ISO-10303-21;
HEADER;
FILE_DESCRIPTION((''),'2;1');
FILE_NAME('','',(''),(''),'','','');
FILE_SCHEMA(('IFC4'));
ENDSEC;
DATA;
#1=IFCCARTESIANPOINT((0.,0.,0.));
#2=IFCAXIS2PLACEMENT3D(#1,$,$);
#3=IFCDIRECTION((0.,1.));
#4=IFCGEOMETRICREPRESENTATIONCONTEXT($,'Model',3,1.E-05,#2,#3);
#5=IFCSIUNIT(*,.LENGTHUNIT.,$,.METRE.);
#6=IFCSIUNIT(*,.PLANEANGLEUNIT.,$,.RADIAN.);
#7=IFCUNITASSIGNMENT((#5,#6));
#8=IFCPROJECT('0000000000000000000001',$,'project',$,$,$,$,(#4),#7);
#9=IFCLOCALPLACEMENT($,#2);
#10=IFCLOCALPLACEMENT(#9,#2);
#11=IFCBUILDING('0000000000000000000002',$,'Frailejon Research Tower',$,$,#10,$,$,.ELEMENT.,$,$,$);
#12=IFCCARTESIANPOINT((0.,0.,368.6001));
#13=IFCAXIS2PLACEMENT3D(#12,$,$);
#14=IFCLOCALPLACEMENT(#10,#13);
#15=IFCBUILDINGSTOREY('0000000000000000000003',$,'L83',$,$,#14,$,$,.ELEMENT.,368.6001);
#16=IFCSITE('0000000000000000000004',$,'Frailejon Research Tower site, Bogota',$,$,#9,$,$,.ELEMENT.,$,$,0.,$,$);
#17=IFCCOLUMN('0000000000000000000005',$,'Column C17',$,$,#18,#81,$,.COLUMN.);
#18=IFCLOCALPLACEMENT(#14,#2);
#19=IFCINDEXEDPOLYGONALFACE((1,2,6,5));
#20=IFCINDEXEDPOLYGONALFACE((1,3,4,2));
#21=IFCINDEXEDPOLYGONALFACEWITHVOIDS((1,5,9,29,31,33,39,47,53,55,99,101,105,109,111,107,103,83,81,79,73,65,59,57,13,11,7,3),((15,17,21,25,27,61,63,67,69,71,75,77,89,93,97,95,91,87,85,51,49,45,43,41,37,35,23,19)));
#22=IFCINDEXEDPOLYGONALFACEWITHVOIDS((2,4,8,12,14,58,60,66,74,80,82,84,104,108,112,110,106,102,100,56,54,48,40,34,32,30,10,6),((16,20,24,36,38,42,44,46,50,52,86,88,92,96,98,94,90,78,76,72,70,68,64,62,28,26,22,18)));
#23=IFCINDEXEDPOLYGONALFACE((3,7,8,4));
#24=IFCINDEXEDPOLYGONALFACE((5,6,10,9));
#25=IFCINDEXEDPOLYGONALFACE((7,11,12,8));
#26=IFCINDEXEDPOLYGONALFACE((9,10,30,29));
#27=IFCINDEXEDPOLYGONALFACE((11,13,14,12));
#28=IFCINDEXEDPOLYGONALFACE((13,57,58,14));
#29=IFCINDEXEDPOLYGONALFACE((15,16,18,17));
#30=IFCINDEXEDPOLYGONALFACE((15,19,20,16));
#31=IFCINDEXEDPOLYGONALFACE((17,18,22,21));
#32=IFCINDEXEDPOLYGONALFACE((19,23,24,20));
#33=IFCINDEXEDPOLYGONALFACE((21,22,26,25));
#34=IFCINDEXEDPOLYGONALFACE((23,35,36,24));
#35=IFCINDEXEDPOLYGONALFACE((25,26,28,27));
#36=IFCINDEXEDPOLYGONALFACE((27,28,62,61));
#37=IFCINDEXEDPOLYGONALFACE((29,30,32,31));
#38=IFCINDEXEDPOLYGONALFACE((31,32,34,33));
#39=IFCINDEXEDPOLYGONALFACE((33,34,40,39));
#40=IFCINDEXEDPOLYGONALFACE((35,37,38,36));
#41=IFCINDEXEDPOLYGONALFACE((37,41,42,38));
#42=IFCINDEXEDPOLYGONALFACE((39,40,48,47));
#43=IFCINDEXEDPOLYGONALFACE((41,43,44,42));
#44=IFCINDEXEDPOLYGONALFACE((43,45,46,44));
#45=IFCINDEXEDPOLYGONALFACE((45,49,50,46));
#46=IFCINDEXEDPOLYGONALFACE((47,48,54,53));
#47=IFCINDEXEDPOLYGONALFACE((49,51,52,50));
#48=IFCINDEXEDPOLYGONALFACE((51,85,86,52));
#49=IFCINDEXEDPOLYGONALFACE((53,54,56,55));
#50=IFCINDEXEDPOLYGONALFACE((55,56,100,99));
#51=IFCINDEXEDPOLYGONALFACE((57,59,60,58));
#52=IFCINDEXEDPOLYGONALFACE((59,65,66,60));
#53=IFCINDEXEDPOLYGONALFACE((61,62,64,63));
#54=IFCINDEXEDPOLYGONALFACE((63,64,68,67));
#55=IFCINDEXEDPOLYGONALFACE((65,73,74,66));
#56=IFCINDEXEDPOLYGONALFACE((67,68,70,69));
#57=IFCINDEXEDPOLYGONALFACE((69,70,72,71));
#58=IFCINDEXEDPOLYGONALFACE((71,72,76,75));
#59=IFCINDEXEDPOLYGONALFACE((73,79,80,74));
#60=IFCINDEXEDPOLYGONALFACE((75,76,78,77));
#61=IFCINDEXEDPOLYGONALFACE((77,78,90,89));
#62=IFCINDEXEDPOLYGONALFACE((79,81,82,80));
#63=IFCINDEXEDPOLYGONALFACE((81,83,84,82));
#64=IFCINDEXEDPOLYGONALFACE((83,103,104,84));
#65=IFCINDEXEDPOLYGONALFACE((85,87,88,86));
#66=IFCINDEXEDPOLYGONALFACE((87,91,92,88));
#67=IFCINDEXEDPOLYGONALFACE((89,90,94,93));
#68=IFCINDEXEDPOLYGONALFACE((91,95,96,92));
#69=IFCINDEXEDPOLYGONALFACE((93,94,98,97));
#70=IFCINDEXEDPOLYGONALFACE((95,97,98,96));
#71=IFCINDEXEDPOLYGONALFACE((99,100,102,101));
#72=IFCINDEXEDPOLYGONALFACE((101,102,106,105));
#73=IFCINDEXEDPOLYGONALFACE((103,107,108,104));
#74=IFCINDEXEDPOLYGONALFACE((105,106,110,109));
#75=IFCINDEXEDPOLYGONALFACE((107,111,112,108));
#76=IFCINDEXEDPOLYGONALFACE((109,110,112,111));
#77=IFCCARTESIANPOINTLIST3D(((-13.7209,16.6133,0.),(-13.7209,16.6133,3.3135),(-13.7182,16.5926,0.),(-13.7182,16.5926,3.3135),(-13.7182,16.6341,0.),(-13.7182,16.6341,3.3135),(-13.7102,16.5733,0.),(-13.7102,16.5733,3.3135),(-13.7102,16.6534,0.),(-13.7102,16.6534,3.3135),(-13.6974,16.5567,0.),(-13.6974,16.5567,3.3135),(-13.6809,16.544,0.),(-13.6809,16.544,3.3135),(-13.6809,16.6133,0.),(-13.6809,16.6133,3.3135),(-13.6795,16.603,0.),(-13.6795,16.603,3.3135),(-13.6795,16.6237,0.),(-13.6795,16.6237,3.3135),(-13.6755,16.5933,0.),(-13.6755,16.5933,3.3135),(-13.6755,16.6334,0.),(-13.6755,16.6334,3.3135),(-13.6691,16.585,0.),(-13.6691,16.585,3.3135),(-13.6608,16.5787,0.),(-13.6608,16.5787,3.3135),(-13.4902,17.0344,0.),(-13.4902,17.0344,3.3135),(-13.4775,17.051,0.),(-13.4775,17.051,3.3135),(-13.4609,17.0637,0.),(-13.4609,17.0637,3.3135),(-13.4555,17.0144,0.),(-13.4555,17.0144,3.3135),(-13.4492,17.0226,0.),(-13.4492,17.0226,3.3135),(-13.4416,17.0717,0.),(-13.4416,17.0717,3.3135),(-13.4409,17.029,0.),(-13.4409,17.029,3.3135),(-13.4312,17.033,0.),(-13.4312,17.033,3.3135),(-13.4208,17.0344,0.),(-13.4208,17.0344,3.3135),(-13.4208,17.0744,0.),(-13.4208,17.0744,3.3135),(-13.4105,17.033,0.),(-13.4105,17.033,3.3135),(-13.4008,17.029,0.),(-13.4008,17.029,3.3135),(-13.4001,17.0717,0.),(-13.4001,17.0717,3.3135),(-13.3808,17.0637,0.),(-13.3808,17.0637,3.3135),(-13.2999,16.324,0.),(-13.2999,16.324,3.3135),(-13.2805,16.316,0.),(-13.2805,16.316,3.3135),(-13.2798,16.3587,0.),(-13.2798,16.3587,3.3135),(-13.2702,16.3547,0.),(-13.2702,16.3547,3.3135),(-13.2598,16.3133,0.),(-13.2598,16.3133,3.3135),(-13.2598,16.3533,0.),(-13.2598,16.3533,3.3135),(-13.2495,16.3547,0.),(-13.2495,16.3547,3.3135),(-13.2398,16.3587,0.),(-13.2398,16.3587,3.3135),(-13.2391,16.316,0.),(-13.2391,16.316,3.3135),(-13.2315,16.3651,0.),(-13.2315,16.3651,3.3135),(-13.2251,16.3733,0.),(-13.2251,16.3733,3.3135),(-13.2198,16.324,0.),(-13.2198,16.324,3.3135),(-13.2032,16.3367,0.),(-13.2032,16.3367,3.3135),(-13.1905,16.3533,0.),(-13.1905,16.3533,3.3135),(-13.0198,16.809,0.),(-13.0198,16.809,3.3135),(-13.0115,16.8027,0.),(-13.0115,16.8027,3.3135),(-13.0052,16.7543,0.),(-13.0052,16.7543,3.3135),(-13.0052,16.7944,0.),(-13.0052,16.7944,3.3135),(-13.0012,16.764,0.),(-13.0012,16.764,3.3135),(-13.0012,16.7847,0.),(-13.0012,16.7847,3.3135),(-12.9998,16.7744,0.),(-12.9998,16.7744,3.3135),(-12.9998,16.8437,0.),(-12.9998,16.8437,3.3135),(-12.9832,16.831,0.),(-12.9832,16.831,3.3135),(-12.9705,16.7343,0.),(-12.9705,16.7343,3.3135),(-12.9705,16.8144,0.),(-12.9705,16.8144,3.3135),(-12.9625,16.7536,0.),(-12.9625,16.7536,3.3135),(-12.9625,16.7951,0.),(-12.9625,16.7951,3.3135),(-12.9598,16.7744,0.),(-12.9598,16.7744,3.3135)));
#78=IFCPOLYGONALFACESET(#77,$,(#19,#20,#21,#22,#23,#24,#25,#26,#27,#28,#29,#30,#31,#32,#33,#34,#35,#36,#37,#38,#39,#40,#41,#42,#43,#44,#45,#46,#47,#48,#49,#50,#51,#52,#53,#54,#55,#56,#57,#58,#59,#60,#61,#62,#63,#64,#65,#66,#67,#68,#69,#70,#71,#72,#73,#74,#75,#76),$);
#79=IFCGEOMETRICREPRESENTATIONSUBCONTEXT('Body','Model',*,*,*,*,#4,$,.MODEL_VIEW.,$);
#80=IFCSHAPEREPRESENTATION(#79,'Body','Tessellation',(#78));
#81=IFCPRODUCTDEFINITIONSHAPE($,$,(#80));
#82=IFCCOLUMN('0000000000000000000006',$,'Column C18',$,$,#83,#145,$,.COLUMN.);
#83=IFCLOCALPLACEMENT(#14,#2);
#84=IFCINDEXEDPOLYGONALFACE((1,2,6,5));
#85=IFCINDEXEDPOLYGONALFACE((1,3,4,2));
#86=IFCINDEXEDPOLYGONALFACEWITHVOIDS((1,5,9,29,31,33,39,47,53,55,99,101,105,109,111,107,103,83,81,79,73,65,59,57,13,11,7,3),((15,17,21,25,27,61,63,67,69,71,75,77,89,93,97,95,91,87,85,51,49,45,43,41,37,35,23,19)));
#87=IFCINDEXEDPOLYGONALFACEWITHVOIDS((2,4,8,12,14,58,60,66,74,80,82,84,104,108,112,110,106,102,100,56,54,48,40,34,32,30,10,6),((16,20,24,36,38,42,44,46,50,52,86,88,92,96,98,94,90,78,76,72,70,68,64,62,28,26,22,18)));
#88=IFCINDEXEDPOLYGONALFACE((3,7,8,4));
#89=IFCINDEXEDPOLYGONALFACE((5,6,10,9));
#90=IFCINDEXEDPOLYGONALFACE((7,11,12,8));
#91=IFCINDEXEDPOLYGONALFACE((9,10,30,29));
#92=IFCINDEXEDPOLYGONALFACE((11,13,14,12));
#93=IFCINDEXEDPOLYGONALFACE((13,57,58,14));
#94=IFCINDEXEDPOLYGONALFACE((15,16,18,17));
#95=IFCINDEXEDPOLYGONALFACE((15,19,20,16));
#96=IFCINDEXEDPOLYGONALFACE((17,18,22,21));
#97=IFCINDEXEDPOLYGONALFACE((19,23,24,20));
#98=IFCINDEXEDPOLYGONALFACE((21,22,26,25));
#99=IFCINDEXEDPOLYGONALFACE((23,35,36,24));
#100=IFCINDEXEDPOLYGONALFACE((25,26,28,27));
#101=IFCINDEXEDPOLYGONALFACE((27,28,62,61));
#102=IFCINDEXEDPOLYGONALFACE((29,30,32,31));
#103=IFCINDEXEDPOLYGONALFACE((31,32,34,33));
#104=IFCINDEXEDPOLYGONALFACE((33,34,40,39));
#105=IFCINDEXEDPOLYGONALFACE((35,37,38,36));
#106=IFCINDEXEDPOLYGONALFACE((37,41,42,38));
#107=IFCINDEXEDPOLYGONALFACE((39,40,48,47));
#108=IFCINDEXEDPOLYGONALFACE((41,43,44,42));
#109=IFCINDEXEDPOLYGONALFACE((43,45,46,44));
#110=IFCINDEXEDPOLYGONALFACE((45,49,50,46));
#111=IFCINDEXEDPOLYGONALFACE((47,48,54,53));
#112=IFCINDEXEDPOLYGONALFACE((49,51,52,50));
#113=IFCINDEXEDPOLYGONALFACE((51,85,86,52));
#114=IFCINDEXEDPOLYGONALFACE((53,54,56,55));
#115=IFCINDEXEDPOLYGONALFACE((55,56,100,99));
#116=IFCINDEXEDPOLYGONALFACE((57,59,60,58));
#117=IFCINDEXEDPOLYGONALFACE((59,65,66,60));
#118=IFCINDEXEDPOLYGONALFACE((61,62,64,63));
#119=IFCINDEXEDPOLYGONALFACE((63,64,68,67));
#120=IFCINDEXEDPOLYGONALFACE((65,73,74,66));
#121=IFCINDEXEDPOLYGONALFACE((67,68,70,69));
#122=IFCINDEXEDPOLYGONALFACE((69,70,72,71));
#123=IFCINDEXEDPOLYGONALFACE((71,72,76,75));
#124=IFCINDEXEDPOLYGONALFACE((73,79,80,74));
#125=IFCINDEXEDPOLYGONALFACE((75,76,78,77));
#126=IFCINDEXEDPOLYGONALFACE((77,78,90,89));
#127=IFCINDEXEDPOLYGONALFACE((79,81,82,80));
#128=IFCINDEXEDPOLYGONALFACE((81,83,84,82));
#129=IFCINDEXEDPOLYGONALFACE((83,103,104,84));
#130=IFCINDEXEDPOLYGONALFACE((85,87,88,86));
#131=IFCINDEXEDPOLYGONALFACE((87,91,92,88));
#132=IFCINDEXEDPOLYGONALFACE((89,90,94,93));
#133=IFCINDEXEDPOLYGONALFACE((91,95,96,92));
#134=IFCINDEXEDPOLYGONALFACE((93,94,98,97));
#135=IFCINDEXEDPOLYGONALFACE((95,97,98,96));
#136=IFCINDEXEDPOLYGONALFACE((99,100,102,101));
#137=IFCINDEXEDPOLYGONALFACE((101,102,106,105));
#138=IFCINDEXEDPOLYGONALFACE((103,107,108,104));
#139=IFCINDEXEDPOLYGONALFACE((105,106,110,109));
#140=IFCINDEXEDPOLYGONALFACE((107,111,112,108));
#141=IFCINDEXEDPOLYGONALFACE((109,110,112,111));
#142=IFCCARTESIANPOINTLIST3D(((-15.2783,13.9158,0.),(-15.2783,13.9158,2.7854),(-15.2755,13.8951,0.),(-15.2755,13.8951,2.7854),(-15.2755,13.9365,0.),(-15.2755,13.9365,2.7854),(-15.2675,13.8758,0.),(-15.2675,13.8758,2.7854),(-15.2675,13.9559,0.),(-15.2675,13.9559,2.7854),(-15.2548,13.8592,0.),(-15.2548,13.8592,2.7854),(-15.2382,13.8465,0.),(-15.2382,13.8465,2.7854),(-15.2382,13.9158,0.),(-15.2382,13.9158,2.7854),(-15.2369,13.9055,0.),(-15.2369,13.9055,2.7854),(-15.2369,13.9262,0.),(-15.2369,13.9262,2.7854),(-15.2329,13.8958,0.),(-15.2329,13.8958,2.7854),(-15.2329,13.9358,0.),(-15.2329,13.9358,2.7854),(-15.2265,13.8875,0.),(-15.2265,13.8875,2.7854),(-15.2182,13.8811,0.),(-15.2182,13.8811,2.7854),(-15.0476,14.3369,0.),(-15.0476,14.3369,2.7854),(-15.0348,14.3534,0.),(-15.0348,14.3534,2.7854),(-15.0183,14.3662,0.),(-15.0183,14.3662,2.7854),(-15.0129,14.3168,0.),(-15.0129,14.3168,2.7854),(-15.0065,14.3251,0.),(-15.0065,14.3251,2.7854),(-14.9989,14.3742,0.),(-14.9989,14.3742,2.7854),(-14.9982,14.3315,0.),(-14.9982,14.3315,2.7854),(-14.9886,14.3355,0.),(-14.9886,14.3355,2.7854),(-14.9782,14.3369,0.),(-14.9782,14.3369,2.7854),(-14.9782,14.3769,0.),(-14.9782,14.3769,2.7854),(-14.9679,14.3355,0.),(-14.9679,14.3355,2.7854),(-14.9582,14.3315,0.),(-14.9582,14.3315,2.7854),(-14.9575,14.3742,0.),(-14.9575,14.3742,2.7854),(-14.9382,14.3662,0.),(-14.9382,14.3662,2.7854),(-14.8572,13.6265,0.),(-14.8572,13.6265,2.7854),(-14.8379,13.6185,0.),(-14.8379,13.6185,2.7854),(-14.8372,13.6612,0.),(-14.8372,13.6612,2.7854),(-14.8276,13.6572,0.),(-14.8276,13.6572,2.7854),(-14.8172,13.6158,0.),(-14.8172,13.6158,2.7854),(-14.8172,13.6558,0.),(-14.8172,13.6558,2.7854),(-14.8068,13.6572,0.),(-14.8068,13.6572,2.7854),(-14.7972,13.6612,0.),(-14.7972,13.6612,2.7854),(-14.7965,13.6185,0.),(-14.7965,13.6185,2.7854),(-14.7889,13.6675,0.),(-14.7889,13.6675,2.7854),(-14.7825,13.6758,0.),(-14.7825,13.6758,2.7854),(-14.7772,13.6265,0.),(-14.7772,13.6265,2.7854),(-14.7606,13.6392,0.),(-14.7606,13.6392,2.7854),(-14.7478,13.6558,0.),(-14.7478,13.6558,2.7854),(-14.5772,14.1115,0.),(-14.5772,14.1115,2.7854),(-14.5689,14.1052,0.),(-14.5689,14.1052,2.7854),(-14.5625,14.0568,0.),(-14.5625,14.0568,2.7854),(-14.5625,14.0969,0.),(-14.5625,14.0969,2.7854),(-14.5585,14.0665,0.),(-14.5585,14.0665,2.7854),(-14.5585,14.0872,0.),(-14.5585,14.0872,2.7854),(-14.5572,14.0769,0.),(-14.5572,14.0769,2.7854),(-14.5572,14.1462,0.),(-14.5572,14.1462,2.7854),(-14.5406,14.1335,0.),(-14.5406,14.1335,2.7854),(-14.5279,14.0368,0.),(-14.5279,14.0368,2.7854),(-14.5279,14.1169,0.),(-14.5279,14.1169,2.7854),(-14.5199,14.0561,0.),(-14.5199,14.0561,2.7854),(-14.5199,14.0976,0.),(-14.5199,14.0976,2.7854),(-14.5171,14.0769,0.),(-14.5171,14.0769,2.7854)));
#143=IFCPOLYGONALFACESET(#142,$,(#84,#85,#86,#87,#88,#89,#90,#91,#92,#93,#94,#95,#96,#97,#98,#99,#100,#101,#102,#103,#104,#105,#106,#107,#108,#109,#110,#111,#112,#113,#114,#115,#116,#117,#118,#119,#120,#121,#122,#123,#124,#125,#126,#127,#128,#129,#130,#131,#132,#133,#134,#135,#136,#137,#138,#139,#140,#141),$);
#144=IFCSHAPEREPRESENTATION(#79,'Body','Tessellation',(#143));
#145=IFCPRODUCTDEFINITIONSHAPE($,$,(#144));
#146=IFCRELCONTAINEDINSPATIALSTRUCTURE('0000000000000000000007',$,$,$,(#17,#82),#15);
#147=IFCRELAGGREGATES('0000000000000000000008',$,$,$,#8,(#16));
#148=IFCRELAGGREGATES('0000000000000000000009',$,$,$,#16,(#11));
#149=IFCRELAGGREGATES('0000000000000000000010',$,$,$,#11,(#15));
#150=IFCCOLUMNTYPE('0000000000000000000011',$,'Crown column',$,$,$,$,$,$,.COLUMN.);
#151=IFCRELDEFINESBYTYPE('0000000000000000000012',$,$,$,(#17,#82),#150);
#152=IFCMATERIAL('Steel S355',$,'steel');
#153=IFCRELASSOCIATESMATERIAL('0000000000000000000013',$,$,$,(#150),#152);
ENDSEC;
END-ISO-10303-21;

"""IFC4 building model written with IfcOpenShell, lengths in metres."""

from ifc_helpers import new_model, si_unit, direction, frame, origin, origin_2d, place, context, subcontext, project, spatial, hollow_rectangle, extrude, material, material_profile, profile_set, type_object, element, save


model = new_model("IFC4")

# Units and contexts
model_context = context("Model", 3, precision=1e-05, world=origin(), true_north=direction((0.0, 1.0)))
body_context = subcontext(model_context, "Body", "Model", "MODEL_VIEW")
ifc_project = project(units=[si_unit("LENGTHUNIT", "METRE"), si_unit("PLANEANGLEUNIT", "RADIAN")], contexts=[model_context])

# Site, building, storey
site_placement = place(None, origin())
site = spatial("IfcSite", under=ifc_project, at=site_placement, Name="Frailejon Research Tower site, Bogota", CompositionType="ELEMENT", RefElevation=0.0)
building_placement = place(site_placement, origin())
building = spatial("IfcBuilding", under=site, at=building_placement, Name="Frailejon Research Tower", CompositionType="ELEMENT")
storey_placement = place(building_placement, frame((0.0, 0.0, 368.6001)))
storey = spatial("IfcBuildingStorey", under=building, at=storey_placement, Name="L83", CompositionType="ELEMENT", Elevation=368.6001)

# Columns
ifc_material_1 = material(Name="Steel S355", Category="steel")
ifc_material_profile_1 = material_profile(ifc_material_1, hollow_rectangle(XDim=0.6001, YDim=0.6001, WallThickness=0.04, InnerFilletRadius=0.04, OuterFilletRadius=0.0801, at=origin_2d()), Name="Crown column")
ifc_profile_set_1 = profile_set([ifc_material_profile_1], Name="Steel S355")
column_type = type_object("IfcColumnType", Name="Crown column", PredefinedType="COLUMN", material=ifc_profile_set_1)
column_1_placement = place(storey_placement, frame((-13.3403, 16.6938, 0.0), z_axis=(0.0, 0.0, 1.0), x_axis=(-0.5, -0.866025, 0.0)))
element("IfcColumn", 1, at=column_1_placement, inside=storey, type_object=column_type, Name="Column C17", PredefinedType="COLUMN", context=body_context, shape_type="SweptSolid", body=[
    extrude(hollow_rectangle(XDim=0.6001, YDim=0.6001, WallThickness=0.04, InnerFilletRadius=0.04, OuterFilletRadius=0.0801, at=origin_2d()), origin(), (0.0, 0.0, 1.0), 3.3135),
])
column_2_placement = place(storey_placement, frame((-14.8977, 13.9963, 0.0), z_axis=(0.0, 0.0, 1.0), x_axis=(-0.5, -0.866025, 0.0)))
element("IfcColumn", 2, at=column_2_placement, inside=storey, type_object=column_type, Name="Column C18", PredefinedType="COLUMN", context=body_context, shape_type="SweptSolid", body=[
    extrude(hollow_rectangle(XDim=0.6001, YDim=0.6001, WallThickness=0.04, InnerFilletRadius=0.04, OuterFilletRadius=0.0801, at=origin_2d()), origin(), (0.0, 0.0, 1.0), 2.7854),
])

save(model, "model.ifc")
